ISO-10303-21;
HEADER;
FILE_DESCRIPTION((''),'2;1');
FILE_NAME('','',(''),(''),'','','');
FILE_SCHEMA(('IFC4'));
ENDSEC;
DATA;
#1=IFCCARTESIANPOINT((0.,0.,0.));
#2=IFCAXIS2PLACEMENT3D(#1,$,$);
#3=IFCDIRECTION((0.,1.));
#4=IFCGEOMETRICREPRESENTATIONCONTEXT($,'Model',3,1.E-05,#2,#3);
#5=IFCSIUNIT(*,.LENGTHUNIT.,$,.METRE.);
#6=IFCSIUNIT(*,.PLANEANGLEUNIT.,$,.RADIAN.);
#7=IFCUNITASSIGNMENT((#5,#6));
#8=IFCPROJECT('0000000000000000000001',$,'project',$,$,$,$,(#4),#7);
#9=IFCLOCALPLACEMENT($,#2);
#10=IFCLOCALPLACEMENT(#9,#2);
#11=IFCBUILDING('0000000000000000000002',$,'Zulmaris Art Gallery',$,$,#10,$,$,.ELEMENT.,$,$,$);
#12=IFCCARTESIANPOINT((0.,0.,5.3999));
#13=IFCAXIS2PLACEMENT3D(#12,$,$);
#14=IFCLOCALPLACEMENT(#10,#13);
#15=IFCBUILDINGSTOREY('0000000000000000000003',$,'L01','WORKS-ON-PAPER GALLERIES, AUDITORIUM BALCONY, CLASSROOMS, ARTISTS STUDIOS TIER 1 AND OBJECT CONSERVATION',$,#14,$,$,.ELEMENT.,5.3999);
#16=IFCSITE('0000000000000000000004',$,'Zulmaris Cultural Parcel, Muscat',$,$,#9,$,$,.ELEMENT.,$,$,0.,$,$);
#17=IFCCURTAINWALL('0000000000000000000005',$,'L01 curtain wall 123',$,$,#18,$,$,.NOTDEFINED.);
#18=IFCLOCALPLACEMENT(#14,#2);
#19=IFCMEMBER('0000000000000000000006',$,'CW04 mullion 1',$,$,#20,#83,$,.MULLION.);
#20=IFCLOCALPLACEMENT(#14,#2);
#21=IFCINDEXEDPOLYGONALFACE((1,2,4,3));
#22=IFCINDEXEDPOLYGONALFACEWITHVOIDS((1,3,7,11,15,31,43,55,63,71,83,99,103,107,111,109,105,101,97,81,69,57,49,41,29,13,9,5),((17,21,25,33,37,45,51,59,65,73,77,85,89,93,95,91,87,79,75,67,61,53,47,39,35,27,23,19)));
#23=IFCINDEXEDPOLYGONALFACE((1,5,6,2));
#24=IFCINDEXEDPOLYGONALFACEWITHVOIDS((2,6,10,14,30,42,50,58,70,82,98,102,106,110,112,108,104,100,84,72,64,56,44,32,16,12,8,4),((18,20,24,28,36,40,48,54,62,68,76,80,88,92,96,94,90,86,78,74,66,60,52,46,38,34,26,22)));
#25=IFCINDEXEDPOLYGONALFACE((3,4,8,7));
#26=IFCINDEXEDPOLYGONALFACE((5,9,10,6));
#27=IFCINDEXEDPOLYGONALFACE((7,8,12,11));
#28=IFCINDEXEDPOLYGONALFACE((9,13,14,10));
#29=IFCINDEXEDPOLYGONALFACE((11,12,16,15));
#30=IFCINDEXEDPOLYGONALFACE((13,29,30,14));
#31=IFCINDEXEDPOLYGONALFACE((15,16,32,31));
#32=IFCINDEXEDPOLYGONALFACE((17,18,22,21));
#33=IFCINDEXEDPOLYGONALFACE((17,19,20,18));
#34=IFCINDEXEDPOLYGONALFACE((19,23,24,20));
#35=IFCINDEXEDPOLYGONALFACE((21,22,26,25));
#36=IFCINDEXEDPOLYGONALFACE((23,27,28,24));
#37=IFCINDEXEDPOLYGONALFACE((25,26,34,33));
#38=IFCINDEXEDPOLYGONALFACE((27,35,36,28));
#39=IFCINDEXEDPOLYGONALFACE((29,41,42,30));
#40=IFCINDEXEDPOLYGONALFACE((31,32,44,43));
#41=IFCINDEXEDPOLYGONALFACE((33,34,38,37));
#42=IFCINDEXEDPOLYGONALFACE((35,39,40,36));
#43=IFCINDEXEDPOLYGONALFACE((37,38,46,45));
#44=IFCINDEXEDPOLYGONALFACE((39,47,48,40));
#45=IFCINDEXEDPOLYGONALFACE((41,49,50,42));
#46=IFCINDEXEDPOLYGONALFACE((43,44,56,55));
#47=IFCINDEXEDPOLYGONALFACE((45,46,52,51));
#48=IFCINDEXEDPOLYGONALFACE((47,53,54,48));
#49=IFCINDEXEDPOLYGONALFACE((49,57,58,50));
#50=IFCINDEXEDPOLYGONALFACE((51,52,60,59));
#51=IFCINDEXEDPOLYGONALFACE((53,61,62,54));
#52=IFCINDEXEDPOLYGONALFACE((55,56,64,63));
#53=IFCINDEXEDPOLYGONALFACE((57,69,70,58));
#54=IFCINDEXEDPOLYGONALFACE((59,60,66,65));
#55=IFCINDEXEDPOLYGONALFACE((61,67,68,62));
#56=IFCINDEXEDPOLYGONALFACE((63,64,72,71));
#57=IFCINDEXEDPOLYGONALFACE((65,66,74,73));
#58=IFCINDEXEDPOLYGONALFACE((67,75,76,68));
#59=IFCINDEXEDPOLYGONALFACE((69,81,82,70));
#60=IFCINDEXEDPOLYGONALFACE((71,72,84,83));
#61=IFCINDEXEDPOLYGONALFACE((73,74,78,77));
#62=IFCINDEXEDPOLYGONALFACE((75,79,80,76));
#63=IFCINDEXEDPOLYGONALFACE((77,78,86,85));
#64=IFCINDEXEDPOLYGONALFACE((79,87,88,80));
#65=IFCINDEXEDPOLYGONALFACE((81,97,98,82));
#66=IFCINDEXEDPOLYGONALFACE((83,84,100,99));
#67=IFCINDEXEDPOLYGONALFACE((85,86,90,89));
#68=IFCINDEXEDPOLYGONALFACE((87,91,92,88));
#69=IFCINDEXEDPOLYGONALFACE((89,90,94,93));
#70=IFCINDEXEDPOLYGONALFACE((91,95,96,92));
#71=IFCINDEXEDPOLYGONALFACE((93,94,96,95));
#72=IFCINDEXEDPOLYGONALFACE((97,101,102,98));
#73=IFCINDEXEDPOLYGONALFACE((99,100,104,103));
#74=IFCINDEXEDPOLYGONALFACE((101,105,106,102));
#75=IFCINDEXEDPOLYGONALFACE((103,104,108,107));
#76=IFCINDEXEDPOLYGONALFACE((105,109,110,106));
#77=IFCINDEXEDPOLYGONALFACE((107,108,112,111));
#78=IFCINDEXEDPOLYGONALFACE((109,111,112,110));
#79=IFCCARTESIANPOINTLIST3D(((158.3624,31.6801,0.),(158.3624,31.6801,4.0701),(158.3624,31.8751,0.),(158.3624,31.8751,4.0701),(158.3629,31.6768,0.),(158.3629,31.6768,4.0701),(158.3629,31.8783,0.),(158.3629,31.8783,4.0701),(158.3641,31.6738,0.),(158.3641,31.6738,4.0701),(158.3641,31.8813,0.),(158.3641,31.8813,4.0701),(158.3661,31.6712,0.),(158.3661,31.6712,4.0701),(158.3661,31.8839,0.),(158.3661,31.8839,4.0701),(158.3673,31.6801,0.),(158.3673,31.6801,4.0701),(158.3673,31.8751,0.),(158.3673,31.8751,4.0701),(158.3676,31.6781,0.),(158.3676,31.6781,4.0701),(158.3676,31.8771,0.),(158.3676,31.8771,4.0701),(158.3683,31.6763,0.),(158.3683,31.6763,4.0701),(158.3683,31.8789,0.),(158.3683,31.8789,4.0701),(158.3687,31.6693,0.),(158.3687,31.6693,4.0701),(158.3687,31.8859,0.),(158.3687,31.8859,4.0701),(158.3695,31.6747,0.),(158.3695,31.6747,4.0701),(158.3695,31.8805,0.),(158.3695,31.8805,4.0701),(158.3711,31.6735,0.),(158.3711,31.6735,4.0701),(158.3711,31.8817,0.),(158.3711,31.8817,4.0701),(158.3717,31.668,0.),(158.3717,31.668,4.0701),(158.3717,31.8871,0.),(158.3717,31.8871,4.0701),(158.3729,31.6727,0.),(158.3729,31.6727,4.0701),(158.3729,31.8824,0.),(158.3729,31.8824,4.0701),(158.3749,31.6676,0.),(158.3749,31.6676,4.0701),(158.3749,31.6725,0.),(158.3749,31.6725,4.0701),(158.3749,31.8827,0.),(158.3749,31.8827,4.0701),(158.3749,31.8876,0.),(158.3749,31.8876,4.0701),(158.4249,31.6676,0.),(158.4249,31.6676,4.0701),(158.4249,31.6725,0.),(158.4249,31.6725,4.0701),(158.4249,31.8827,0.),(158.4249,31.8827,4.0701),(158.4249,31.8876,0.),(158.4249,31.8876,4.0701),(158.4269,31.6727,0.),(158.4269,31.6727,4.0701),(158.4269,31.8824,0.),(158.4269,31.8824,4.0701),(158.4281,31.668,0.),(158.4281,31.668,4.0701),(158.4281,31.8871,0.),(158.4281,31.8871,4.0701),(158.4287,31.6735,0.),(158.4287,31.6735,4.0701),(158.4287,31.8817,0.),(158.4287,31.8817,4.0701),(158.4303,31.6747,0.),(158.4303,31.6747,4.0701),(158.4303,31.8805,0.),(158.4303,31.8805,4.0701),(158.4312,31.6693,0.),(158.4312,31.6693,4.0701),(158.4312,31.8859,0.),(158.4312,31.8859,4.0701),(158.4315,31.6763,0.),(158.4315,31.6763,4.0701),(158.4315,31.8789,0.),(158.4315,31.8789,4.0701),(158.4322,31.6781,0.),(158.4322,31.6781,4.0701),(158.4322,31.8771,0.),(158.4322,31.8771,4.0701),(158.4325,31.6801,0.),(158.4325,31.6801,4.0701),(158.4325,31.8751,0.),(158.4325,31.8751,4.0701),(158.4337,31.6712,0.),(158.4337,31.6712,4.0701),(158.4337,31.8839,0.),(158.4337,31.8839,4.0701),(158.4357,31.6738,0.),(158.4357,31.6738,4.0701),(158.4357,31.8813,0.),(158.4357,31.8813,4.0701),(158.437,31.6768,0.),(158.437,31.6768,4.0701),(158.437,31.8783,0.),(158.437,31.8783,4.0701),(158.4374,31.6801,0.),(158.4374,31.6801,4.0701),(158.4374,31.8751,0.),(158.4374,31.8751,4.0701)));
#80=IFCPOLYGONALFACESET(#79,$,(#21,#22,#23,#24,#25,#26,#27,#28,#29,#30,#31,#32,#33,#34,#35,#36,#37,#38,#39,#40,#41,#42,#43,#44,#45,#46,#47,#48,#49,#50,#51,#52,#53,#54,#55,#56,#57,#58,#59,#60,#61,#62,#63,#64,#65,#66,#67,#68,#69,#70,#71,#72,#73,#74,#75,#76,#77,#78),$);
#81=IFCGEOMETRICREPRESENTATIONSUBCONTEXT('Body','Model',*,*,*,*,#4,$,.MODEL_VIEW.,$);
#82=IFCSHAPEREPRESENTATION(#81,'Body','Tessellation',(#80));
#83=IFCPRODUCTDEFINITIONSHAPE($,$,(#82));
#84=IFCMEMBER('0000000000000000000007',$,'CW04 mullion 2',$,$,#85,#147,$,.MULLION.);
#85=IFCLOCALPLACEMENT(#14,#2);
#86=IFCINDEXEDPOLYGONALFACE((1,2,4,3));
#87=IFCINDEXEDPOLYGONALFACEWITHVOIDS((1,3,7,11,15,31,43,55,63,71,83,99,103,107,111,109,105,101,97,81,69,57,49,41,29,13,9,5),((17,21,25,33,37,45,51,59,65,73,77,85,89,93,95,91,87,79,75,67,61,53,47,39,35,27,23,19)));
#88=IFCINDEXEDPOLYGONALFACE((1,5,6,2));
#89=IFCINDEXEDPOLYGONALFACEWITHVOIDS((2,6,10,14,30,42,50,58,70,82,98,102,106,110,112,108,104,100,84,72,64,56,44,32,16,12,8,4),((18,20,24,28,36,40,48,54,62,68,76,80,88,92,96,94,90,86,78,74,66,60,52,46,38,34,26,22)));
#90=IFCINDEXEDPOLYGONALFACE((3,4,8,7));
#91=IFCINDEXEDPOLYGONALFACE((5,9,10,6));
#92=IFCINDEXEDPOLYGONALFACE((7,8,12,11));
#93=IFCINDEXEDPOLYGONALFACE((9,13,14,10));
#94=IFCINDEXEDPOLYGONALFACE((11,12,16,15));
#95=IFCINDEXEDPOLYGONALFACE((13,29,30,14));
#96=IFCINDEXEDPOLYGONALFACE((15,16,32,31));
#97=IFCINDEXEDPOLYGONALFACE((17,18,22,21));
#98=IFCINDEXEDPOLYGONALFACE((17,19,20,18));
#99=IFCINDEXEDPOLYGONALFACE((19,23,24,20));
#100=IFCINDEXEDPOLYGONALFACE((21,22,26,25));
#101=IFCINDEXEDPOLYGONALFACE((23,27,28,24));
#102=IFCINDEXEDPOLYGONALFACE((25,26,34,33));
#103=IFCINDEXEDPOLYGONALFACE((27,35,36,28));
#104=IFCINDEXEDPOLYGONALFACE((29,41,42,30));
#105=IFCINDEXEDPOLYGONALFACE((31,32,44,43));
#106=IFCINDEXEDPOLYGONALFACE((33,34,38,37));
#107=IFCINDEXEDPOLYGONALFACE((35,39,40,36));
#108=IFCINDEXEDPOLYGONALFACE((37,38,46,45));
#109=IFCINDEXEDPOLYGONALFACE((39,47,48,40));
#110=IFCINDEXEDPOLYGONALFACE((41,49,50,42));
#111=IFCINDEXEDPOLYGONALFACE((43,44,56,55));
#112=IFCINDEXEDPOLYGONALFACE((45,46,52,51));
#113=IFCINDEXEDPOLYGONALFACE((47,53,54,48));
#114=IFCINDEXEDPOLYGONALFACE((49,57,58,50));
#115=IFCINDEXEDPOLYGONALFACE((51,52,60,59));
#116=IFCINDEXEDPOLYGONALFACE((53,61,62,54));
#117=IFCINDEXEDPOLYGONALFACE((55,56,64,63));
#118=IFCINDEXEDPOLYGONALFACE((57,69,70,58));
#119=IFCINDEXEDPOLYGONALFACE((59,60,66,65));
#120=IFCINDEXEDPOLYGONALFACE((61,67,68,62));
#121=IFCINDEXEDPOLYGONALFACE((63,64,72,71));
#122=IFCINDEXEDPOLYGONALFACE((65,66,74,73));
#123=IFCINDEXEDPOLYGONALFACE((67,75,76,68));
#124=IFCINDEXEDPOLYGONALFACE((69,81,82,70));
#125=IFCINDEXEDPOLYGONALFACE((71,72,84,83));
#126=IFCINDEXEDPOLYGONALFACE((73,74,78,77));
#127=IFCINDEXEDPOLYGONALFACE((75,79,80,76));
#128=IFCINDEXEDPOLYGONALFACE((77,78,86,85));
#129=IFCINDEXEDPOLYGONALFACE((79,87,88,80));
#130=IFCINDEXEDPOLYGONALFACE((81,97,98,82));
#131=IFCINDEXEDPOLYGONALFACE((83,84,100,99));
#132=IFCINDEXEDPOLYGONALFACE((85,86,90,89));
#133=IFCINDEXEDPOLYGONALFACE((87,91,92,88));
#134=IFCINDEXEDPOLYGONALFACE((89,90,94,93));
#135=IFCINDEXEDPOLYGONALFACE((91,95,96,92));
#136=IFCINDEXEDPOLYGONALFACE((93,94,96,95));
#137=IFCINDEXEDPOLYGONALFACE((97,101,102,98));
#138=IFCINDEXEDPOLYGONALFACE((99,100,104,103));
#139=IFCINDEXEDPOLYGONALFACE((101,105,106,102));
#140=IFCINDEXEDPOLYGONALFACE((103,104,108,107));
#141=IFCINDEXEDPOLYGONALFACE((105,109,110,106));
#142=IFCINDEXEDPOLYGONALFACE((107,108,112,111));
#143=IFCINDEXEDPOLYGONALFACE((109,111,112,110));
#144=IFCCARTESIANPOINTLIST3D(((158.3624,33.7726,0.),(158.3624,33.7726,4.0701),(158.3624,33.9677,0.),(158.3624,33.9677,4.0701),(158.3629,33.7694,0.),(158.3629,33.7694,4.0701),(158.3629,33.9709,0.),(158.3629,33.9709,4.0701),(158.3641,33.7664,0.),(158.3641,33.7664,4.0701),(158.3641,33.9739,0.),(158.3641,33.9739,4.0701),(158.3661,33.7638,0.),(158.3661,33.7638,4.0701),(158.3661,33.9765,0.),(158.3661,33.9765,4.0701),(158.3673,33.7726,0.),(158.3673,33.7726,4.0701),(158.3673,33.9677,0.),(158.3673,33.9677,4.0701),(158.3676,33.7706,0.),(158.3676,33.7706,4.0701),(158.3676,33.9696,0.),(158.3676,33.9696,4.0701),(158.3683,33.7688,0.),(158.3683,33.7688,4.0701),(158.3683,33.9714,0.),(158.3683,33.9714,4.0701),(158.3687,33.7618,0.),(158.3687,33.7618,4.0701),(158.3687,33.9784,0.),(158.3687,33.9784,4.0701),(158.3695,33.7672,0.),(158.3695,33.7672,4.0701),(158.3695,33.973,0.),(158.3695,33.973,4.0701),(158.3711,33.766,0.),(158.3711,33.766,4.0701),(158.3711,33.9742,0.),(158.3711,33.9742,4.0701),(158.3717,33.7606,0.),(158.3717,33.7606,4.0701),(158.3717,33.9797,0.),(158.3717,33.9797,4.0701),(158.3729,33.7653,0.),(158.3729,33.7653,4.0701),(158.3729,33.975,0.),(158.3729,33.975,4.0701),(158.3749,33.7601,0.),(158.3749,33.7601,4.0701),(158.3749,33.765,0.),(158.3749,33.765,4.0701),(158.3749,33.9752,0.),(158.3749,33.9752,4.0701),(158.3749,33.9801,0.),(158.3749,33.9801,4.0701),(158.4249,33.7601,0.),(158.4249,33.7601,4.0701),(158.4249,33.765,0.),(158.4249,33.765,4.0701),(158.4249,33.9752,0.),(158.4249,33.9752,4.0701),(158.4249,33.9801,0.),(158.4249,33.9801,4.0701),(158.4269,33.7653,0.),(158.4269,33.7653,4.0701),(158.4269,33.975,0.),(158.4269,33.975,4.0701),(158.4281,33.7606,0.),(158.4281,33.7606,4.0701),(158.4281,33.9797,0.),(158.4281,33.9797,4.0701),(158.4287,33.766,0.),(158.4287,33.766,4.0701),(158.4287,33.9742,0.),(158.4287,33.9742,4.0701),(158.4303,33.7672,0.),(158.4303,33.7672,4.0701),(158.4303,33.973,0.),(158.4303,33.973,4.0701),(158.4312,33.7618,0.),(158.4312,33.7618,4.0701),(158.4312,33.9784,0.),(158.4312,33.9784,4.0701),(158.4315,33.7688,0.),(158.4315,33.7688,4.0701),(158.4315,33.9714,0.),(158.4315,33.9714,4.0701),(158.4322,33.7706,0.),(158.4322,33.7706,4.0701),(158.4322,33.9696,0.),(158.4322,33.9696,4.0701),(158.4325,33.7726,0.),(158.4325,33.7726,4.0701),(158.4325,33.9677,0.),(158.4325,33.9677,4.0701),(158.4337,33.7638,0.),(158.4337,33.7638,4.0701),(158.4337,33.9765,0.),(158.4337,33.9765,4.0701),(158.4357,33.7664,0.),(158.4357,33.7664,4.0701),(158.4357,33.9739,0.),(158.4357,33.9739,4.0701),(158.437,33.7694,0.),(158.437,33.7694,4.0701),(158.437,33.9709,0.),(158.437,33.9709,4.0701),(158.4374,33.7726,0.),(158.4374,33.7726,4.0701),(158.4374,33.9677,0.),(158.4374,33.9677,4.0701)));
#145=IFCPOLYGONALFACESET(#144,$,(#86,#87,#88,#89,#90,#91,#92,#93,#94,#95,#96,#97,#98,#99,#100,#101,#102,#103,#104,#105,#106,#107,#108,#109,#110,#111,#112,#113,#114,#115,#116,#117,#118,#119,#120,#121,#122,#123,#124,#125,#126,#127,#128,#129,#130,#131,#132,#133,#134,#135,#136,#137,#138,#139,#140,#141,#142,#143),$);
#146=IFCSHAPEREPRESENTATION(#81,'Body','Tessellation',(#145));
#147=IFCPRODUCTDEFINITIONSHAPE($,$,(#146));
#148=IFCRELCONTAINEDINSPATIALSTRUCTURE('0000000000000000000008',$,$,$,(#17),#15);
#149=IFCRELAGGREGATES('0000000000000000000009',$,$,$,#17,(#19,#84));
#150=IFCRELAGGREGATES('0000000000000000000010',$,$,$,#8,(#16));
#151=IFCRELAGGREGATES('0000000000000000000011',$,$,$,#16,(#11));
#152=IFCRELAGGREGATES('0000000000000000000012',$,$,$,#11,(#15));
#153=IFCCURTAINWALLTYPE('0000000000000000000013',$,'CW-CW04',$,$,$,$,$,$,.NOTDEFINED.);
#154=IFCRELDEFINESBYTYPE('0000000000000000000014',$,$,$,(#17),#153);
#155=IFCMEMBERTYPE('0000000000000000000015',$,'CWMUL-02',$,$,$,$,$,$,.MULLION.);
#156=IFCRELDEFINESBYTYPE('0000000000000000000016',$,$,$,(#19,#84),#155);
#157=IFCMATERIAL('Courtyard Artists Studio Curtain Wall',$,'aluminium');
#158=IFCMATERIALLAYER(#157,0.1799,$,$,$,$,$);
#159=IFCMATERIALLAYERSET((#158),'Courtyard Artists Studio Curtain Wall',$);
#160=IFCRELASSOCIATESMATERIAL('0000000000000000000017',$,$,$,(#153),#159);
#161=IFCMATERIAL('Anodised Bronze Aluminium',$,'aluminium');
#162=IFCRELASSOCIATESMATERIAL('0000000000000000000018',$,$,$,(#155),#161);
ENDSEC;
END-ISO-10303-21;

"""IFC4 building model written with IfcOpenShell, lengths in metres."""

from ifc_helpers import new_model, si_unit, direction, frame, origin, origin_2d, place, context, subcontext, project, spatial, hollow_rectangle, extrude, material, layer, layer_set, material_profile, profile_set, type_object, element, aggregate, save


model = new_model("IFC4")

# Units and contexts
model_context = context("Model", 3, precision=1e-05, world=origin(), true_north=direction((0.0, 1.0)))
body_context = subcontext(model_context, "Body", "Model", "MODEL_VIEW")
ifc_project = project(units=[si_unit("LENGTHUNIT", "METRE"), si_unit("PLANEANGLEUNIT", "RADIAN")], contexts=[model_context])

# Site, building, storey
site_placement = place(None, origin())
site = spatial("IfcSite", under=ifc_project, at=site_placement, Name="Zulmaris Cultural Parcel, Muscat", CompositionType="ELEMENT", RefElevation=0.0)
building_placement = place(site_placement, origin())
building = spatial("IfcBuilding", under=site, at=building_placement, Name="Zulmaris Art Gallery", CompositionType="ELEMENT")
storey_placement = place(building_placement, frame((0.0, 0.0, 5.3999)))
storey = spatial("IfcBuildingStorey", under=building, at=storey_placement, Name="L01", Description="WORKS-ON-PAPER GALLERIES, AUDITORIUM BALCONY, CLASSROOMS, ARTISTS STUDIOS TIER 1 AND OBJECT CONSERVATION", CompositionType="ELEMENT", Elevation=5.3999)

# Curtain wall, members
ifc_material_1 = material(Name="Courtyard Artists Studio Curtain Wall", Category="aluminium")
ifc_layer_1 = layer(ifc_material_1, 0.1799)
ifc_layer_set_1 = layer_set([ifc_layer_1], Name="Courtyard Artists Studio Curtain Wall")
curtain_wall_type = type_object("IfcCurtainWallType", Name="CW-CW04", PredefinedType="NOTDEFINED", material=ifc_layer_set_1)
curtain_wall_placement = place(storey_placement, origin())
curtain_wall = element("IfcCurtainWall", 1, at=curtain_wall_placement, inside=storey, type_object=curtain_wall_type, Name="L01 curtain wall 123", PredefinedType="NOTDEFINED")
ifc_material_2 = material(Name="Anodised Bronze Aluminium", Category="aluminium")
ifc_material_profile_1 = material_profile(ifc_material_2, hollow_rectangle(XDim=0.075, YDim=0.22, WallThickness=0.0049, InnerFilletRadius=0.0076, OuterFilletRadius=0.0125, at=origin_2d()), Name="ALU 75x220x5")
ifc_profile_set_1 = profile_set([ifc_material_profile_1], Name="Anodised Bronze Aluminium")
member_type_1 = type_object("IfcMemberType", Name="CWMUL-02", PredefinedType="MULLION", material=ifc_profile_set_1)
member_1_placement = place(storey_placement, frame((158.3999, 31.7776, 0.0), z_axis=(0.0, 0.0, 1.0), x_axis=(-1.0, 0.0, 0.0)))
member_1 = element("IfcMember", 2, at=member_1_placement, type_object=member_type_1, Name="CW04 mullion 1", PredefinedType="MULLION", context=body_context, shape_type="SweptSolid", body=[
    extrude(hollow_rectangle(XDim=0.075, YDim=0.22, WallThickness=0.0049, InnerFilletRadius=0.0076, OuterFilletRadius=0.0125, at=origin_2d()), origin(), (0.0, 0.0, 1.0), 4.0701),
])
member_2_placement = place(storey_placement, frame((158.3999, 33.8701, 0.0), z_axis=(0.0, 0.0, 1.0), x_axis=(-1.0, 0.0, 0.0)))
member_2 = element("IfcMember", 3, at=member_2_placement, type_object=member_type_1, Name="CW04 mullion 2", PredefinedType="MULLION", context=body_context, shape_type="SweptSolid", body=[
    extrude(hollow_rectangle(XDim=0.075, YDim=0.22, WallThickness=0.0049, InnerFilletRadius=0.0076, OuterFilletRadius=0.0125, at=origin_2d()), origin(), (0.0, 0.0, 1.0), 4.0701),
])
aggregate(curtain_wall, [member_1, member_2])

save(model, "model.ifc")
